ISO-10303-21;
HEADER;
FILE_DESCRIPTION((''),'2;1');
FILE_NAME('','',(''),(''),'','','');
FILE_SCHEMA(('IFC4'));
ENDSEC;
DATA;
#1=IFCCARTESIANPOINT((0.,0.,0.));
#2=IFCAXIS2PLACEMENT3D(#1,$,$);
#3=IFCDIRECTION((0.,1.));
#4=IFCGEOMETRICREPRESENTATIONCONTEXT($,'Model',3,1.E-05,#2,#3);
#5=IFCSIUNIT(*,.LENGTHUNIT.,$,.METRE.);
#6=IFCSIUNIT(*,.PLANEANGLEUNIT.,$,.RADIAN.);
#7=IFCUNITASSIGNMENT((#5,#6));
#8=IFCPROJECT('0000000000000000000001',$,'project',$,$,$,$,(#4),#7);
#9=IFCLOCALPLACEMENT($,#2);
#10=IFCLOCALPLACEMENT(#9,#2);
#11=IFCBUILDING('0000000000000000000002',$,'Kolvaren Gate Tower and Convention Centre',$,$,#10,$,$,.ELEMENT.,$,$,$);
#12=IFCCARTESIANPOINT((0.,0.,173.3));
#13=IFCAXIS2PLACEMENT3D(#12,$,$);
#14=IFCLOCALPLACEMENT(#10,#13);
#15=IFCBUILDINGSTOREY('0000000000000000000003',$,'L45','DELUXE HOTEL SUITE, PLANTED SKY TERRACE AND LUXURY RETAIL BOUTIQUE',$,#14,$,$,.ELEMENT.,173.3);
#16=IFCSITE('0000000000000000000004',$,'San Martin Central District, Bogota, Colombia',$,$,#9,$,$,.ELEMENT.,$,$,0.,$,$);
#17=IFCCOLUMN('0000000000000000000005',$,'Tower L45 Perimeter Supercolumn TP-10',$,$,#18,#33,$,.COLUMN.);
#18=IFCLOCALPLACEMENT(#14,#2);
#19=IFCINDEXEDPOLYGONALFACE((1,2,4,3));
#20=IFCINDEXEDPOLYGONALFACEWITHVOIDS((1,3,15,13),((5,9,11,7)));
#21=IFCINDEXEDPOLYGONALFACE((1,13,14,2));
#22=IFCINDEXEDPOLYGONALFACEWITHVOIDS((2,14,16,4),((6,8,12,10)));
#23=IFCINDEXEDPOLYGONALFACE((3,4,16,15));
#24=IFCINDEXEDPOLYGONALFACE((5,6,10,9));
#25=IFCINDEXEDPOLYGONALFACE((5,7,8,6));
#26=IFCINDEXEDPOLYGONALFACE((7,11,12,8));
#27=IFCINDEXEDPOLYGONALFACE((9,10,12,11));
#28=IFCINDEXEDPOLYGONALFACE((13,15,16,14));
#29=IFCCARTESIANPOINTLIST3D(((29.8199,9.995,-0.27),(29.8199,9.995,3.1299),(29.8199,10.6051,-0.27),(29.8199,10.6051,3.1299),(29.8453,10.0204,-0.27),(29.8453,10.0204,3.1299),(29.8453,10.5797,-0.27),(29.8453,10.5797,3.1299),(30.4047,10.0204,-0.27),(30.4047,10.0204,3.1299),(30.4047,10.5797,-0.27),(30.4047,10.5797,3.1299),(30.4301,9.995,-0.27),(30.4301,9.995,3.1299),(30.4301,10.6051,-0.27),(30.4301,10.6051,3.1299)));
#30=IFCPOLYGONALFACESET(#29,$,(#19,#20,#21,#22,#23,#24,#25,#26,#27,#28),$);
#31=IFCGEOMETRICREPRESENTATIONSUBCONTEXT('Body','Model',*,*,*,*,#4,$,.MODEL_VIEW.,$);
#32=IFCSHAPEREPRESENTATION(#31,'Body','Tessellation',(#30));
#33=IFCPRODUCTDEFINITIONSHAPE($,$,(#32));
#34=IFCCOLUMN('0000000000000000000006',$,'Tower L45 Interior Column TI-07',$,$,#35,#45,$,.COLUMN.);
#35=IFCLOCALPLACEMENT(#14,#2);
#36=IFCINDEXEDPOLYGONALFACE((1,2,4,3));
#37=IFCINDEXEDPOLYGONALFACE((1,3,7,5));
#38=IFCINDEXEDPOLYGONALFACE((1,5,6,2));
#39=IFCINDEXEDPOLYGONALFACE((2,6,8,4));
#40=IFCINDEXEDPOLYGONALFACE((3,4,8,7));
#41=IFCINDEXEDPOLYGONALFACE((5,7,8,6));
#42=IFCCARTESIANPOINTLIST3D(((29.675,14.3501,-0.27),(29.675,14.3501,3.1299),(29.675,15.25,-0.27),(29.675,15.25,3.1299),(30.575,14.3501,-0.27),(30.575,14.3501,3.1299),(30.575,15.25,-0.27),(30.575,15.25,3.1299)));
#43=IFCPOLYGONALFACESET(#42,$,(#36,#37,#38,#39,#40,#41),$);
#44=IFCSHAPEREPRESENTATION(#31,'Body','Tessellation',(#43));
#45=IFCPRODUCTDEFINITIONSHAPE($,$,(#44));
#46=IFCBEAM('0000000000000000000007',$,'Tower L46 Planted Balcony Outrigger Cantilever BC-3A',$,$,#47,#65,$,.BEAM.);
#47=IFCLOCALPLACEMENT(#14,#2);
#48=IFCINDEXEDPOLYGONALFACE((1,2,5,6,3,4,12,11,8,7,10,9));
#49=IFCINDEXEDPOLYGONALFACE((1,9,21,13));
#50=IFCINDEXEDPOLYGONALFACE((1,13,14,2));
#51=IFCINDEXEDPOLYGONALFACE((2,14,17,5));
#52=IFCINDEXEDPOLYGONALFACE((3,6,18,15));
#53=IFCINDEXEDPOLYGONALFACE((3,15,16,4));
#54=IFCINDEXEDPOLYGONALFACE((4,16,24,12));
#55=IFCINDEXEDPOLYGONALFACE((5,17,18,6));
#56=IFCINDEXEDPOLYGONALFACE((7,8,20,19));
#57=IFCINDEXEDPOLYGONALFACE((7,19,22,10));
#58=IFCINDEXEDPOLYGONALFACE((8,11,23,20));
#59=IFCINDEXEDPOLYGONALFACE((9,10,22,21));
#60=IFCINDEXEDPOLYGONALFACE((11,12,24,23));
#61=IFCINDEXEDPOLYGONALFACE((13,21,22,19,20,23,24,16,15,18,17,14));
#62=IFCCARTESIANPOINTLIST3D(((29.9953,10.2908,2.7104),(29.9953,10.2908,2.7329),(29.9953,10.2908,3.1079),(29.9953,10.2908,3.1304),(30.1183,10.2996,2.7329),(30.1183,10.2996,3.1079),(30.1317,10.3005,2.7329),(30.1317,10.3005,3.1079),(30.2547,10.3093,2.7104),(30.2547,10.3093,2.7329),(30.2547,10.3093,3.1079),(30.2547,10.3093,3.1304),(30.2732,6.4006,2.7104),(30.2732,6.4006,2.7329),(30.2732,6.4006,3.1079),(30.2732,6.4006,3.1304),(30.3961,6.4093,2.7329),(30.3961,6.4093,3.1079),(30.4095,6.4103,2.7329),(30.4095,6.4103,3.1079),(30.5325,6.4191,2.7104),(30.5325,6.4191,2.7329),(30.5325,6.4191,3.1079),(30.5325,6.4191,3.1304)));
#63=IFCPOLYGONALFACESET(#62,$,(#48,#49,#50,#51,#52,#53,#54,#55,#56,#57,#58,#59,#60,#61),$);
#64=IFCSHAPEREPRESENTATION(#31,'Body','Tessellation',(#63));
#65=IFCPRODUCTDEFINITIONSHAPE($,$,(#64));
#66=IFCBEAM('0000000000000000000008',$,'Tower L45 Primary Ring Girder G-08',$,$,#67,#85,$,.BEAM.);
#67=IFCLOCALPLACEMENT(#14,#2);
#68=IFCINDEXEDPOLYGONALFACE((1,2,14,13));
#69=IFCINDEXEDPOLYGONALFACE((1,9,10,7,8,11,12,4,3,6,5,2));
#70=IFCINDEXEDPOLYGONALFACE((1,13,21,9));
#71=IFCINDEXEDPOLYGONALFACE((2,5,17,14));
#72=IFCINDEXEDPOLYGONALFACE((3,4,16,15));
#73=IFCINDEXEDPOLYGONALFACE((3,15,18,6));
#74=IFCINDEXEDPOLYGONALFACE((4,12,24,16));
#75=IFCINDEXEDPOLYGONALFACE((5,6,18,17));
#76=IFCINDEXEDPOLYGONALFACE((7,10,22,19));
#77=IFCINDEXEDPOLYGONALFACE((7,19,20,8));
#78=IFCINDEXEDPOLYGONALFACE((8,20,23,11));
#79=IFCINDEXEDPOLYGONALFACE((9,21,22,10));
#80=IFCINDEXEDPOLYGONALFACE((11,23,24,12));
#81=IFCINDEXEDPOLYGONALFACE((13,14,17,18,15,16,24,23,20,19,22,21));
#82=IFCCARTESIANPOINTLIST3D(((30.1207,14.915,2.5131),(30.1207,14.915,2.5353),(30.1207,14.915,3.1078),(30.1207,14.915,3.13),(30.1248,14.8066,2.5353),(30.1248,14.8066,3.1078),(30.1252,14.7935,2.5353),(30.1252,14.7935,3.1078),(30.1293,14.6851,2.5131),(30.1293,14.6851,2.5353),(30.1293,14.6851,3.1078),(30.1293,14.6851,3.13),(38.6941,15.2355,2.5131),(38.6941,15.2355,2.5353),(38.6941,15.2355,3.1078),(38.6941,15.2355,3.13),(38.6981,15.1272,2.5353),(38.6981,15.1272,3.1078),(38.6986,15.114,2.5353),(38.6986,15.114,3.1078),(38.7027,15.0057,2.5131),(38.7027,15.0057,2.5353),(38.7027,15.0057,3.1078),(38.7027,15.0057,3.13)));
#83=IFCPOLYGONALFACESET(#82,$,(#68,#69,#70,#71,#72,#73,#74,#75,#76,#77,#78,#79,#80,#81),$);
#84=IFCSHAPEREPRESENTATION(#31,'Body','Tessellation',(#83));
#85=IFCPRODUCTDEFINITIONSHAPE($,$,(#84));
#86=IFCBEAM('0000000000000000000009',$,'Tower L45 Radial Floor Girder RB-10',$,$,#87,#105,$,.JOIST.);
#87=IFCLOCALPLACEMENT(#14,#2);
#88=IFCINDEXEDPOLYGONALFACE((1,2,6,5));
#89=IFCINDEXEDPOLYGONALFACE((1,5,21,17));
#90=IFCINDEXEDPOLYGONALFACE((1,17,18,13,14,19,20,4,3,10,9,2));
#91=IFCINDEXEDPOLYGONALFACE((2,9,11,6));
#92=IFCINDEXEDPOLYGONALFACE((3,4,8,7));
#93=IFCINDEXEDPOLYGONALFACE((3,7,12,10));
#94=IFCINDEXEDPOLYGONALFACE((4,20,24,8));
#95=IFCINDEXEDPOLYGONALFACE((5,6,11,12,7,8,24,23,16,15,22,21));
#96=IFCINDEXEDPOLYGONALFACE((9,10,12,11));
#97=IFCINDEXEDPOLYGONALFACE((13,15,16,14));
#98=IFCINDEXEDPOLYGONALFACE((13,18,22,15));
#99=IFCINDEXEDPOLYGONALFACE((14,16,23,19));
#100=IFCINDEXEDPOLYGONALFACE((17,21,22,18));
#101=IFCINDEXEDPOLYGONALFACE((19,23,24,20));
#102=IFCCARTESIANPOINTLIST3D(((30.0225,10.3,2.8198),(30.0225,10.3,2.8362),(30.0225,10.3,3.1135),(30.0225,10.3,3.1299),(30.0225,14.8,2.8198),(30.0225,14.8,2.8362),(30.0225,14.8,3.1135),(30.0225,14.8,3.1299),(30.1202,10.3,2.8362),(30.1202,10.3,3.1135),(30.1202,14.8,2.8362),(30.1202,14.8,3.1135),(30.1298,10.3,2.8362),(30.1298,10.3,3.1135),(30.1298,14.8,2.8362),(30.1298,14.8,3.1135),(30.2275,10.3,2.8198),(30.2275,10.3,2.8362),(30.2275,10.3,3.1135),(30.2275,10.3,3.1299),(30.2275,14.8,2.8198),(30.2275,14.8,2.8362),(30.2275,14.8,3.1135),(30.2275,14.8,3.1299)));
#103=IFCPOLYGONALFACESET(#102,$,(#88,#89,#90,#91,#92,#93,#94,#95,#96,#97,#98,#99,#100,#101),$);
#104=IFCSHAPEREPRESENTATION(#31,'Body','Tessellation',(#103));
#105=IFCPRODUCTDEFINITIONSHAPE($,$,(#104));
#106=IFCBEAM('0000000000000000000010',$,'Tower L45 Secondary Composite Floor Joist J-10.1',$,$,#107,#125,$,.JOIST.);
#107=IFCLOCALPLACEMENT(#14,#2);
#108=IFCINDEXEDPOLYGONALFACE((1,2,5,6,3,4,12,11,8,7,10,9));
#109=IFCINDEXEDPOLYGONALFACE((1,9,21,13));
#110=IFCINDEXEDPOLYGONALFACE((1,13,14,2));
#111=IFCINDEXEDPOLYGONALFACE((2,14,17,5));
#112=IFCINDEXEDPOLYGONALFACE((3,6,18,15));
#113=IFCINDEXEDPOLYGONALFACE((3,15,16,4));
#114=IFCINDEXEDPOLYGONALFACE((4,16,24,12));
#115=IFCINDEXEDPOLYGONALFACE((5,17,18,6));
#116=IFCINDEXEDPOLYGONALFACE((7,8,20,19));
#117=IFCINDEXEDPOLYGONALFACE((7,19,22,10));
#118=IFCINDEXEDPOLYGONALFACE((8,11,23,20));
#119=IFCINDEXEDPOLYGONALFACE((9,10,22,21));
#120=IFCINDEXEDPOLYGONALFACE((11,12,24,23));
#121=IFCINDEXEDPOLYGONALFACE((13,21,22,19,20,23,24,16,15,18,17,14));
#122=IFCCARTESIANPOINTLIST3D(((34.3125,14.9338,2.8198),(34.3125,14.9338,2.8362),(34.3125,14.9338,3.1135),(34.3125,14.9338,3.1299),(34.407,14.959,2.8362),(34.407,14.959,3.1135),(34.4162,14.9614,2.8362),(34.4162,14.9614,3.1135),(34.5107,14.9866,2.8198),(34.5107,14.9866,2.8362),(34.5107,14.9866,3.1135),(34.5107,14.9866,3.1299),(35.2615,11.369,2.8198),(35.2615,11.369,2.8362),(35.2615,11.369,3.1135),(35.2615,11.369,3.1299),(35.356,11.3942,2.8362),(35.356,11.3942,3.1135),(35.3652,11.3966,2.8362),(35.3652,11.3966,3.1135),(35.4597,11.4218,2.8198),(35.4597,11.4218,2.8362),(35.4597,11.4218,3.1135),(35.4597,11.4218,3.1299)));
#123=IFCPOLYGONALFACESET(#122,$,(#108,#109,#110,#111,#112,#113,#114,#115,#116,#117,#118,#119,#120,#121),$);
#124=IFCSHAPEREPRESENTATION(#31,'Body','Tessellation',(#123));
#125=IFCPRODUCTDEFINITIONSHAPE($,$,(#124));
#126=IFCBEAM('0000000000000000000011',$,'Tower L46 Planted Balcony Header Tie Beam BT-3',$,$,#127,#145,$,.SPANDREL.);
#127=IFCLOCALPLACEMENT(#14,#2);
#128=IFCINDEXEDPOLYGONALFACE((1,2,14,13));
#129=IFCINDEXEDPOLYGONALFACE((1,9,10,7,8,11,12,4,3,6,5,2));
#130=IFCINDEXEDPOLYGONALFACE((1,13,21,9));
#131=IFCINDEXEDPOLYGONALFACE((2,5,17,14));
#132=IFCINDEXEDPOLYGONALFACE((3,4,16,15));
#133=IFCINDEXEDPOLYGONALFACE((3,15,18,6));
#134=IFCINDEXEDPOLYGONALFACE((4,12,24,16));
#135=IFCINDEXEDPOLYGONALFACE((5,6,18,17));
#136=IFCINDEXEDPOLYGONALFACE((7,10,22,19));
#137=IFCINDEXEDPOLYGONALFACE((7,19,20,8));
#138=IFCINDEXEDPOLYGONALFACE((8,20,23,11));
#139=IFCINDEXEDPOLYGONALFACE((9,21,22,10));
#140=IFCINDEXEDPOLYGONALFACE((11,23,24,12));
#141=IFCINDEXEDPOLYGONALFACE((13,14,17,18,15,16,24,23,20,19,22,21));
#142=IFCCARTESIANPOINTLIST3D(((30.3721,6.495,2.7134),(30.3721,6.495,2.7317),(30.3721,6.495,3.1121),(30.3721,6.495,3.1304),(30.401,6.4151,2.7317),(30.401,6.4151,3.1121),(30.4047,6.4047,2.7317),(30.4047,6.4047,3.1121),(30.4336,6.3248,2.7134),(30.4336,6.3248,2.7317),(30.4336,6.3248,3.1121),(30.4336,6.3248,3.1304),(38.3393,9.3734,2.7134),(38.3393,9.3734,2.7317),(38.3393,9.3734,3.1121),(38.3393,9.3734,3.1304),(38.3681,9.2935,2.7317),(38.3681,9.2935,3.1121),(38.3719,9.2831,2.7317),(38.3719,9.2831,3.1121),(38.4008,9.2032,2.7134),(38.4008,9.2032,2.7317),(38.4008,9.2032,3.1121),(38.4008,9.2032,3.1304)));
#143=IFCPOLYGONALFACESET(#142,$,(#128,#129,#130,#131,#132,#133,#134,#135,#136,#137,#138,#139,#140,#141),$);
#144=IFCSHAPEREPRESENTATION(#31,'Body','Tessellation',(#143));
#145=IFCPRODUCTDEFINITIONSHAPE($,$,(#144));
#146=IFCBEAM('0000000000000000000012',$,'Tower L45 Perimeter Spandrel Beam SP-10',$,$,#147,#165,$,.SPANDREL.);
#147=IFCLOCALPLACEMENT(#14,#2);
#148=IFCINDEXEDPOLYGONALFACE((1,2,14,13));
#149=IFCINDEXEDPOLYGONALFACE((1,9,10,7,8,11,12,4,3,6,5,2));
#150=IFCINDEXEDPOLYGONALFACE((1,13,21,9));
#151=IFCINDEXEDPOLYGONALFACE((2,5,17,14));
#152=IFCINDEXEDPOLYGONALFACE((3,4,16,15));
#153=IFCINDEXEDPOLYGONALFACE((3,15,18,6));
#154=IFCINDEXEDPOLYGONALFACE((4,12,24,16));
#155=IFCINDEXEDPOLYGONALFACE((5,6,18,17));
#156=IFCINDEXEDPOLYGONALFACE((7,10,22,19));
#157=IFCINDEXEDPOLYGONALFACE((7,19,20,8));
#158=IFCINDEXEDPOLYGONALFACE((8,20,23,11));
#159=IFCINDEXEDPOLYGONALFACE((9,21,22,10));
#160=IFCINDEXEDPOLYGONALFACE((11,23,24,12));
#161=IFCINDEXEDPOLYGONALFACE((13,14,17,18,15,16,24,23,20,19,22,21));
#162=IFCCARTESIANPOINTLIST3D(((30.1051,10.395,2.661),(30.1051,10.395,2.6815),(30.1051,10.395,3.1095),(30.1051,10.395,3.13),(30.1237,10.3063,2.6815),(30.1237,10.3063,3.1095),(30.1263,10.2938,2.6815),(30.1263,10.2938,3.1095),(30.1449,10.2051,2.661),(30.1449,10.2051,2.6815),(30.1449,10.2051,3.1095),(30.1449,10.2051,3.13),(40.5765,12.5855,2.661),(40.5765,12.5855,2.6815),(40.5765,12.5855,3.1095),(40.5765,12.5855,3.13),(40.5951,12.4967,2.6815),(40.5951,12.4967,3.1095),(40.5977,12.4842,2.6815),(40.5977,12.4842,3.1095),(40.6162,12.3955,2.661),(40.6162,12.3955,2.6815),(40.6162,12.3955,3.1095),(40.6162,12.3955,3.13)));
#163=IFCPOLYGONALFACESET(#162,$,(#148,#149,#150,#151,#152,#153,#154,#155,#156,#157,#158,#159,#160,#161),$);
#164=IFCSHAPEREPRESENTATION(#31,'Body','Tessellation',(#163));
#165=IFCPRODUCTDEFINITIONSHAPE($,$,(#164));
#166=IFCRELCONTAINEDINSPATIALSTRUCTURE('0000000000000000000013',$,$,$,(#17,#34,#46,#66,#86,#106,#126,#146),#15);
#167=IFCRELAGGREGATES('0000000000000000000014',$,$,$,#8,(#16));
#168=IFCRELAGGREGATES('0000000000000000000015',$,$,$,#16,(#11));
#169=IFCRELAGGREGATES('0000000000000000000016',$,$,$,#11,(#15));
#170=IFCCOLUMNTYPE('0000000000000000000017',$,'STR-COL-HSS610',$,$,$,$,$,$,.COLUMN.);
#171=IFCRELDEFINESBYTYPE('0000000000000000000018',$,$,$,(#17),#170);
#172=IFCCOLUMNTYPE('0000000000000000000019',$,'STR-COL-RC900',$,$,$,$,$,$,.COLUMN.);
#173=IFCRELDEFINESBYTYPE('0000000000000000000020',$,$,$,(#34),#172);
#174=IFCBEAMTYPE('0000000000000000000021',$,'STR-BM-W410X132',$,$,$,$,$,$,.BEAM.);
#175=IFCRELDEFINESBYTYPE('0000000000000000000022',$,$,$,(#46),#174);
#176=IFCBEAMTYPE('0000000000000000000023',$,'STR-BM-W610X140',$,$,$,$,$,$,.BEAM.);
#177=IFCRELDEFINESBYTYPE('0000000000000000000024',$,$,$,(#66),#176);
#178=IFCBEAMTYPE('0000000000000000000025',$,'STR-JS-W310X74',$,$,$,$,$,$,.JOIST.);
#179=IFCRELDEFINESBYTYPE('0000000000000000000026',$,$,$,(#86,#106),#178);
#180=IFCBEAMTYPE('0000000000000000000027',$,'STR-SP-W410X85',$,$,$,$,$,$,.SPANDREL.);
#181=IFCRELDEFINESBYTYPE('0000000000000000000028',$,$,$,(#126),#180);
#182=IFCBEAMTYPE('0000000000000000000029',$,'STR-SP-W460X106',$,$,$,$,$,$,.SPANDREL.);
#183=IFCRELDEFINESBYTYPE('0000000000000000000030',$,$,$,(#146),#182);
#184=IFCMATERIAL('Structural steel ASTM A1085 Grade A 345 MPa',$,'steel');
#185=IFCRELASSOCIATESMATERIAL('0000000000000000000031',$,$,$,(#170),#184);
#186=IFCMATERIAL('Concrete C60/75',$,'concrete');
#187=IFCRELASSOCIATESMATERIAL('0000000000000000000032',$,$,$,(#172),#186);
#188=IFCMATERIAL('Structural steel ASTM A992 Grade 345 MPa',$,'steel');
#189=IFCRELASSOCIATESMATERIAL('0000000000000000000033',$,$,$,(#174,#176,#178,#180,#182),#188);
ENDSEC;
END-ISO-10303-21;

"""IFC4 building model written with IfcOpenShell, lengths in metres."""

from ifc_helpers import new_model, si_unit, direction, frame, origin, origin_2d, place, context, subcontext, project, spatial, rectangle, hollow_rectangle, i_section, extrude, material, material_profile, profile_set, type_object, element, save


model = new_model("IFC4")

# Units and contexts
model_context = context("Model", 3, precision=1e-05, world=origin(), true_north=direction((0.0, 1.0)))
body_context = subcontext(model_context, "Body", "Model", "MODEL_VIEW")
ifc_project = project(units=[si_unit("LENGTHUNIT", "METRE"), si_unit("PLANEANGLEUNIT", "RADIAN")], contexts=[model_context])

# Site, building, storey
site_placement = place(None, origin())
site = spatial("IfcSite", under=ifc_project, at=site_placement, Name="San Martin Central District, Bogota, Colombia", CompositionType="ELEMENT", RefElevation=0.0)
building_placement = place(site_placement, origin())
building = spatial("IfcBuilding", under=site, at=building_placement, Name="Kolvaren Gate Tower and Convention Centre", CompositionType="ELEMENT")
storey_placement = place(building_placement, frame((0.0, 0.0, 173.3)))
storey = spatial("IfcBuildingStorey", under=building, at=storey_placement, Name="L45", Description="DELUXE HOTEL SUITE, PLANTED SKY TERRACE AND LUXURY RETAIL BOUTIQUE", CompositionType="ELEMENT", Elevation=173.3)

# Columns
ifc_material_1 = material(Name="Structural steel ASTM A1085 Grade A 345 MPa", Category="steel")
ifc_material_profile_1 = material_profile(ifc_material_1, hollow_rectangle(XDim=0.6101, YDim=0.6101, WallThickness=0.0254, at=origin_2d()), Name="HSS610X610X25.4")
ifc_profile_set_1 = profile_set([ifc_material_profile_1], Name="Structural steel ASTM A1085 Grade A 345 MPa")
column_type_1 = type_object("IfcColumnType", Name="STR-COL-HSS610", PredefinedType="COLUMN", material=ifc_profile_set_1)
column_1_placement = place(storey_placement, frame((30.125, 10.3, -0.27), z_axis=(0.0, 0.0, 1.0), x_axis=(1.0, 0.0, 0.0)))
element("IfcColumn", 1, at=column_1_placement, inside=storey, type_object=column_type_1, Name="Tower L45 Perimeter Supercolumn TP-10", PredefinedType="COLUMN", context=body_context, shape_type="SweptSolid", body=[
    extrude(hollow_rectangle(XDim=0.6101, YDim=0.6101, WallThickness=0.0254, at=origin_2d()), origin(), (0.0, 0.0, 1.0), 3.3999),
])
ifc_material_2 = material(Name="Concrete C60/75", Category="concrete")
ifc_material_profile_2 = material_profile(ifc_material_2, rectangle(XDim=0.8999, YDim=0.8999, at=origin_2d()), Name="RC-COL-900X900")
ifc_profile_set_2 = profile_set([ifc_material_profile_2], Name="Concrete C60/75")
column_type_2 = type_object("IfcColumnType", Name="STR-COL-RC900", PredefinedType="COLUMN", material=ifc_profile_set_2)
column_2_placement = place(storey_placement, frame((30.125, 14.8, -0.27), z_axis=(0.0, 0.0, 1.0), x_axis=(1.0, 0.0, 0.0)))
element("IfcColumn", 2, at=column_2_placement, inside=storey, type_object=column_type_2, Name="Tower L45 Interior Column TI-07", PredefinedType="COLUMN", context=body_context, shape_type="SweptSolid", body=[
    extrude(rectangle(XDim=0.8999, YDim=0.8999, at=origin_2d()), origin(), (0.0, 0.0, 1.0), 3.3999),
])

# Beams
ifc_material_3 = material(Name="Structural steel ASTM A992 Grade 345 MPa", Category="steel")
ifc_material_profile_3 = material_profile(ifc_material_3, i_section(OverallWidth=0.26, OverallDepth=0.4199, WebThickness=0.0134, FlangeThickness=0.0225, at=origin_2d()), Name="W410X132")
ifc_profile_set_3 = profile_set([ifc_material_profile_3], Name="Structural steel ASTM A992 Grade 345 MPa")
beam_type_1 = type_object("IfcBeamType", Name="STR-BM-W410X132", PredefinedType="BEAM", material=ifc_profile_set_3)
beam_1_placement = place(storey_placement, frame((30.125, 10.3, 2.9204), z_axis=(0.071238, -0.997459, 0.0), x_axis=(0.997459, 0.071238, 0.0)))
element("IfcBeam", 3, at=beam_1_placement, inside=storey, type_object=beam_type_1, Name="Tower L46 Planted Balcony Outrigger Cantilever BC-3A", PredefinedType="BEAM", context=body_context, shape_type="SweptSolid", body=[
    extrude(i_section(OverallWidth=0.26, OverallDepth=0.4199, WebThickness=0.0134, FlangeThickness=0.0225, at=origin_2d()), origin(), (0.0, 0.0, 1.0), 3.9001),
])
ifc_material_profile_4 = material_profile(ifc_material_3, i_section(OverallWidth=0.23, OverallDepth=0.6169, WebThickness=0.0132, FlangeThickness=0.0222, at=origin_2d()), Name="W610X140")
ifc_profile_set_4 = profile_set([ifc_material_profile_4], Name="Structural steel ASTM A992 Grade 345 MPa")
beam_type_2 = type_object("IfcBeamType", Name="STR-BM-W610X140", PredefinedType="BEAM", material=ifc_profile_set_4)
beam_2_placement = place(storey_placement, frame((30.125, 14.8, 2.8215), z_axis=(0.999302, 0.037364, 0.0), x_axis=(-0.037364, 0.999302, 0.0)))
element("IfcBeam", 4, at=beam_2_placement, inside=storey, type_object=beam_type_2, Name="Tower L45 Primary Ring Girder G-08", PredefinedType="BEAM", context=body_context, shape_type="SweptSolid", body=[
    extrude(i_section(OverallWidth=0.23, OverallDepth=0.6169, WebThickness=0.0132, FlangeThickness=0.0222, at=origin_2d()), origin(), (0.0, 0.0, 1.0), 8.5793),
])
ifc_material_profile_5 = material_profile(ifc_material_3, i_section(OverallWidth=0.2051, OverallDepth=0.3101, WebThickness=0.0095, FlangeThickness=0.0164, at=origin_2d()), Name="W310X74")
ifc_profile_set_5 = profile_set([ifc_material_profile_5], Name="Structural steel ASTM A992 Grade 345 MPa")
beam_type_3 = type_object("IfcBeamType", Name="STR-JS-W310X74", PredefinedType="JOIST", material=ifc_profile_set_5)
beam_3_placement = place(storey_placement, frame((30.125, 14.8, 2.9749), z_axis=(0.0, -1.0, 0.0), x_axis=(1.0, 0.0, 0.0)))
element("IfcBeam", 5, at=beam_3_placement, inside=storey, type_object=beam_type_3, Name="Tower L45 Radial Floor Girder RB-10", PredefinedType="JOIST", context=body_context, shape_type="SweptSolid", body=[
    extrude(i_section(OverallWidth=0.2051, OverallDepth=0.3101, WebThickness=0.0095, FlangeThickness=0.0164, at=origin_2d()), origin(), (0.0, 0.0, 1.0), 4.5),
])
beam_4_placement = place(storey_placement, frame((34.4116, 14.9602, 2.9749), z_axis=(0.257238, -0.966348, 0.0), x_axis=(0.966348, 0.257238, 0.0)))
element("IfcBeam", 6, at=beam_4_placement, inside=storey, type_object=beam_type_3, Name="Tower L45 Secondary Composite Floor Joist J-10.1", PredefinedType="JOIST", context=body_context, shape_type="SweptSolid", body=[
    extrude(i_section(OverallWidth=0.2051, OverallDepth=0.3101, WebThickness=0.0095, FlangeThickness=0.0164, at=origin_2d()), origin(), (0.0, 0.0, 1.0), 3.689),
])
ifc_material_profile_6 = material_profile(ifc_material_3, i_section(OverallWidth=0.1809, OverallDepth=0.417, WebThickness=0.011, FlangeThickness=0.0183, at=origin_2d()), Name="W410X85")
ifc_profile_set_6 = profile_set([ifc_material_profile_6], Name="Structural steel ASTM A992 Grade 345 MPa")
beam_type_4 = type_object("IfcBeamType", Name="STR-SP-W410X85", PredefinedType="SPANDREL", material=ifc_profile_set_6)
beam_5_placement = place(storey_placement, frame((30.4028, 6.4099, 2.9219), z_axis=(0.940503, 0.339785, 0.0), x_axis=(-0.339785, 0.940503, 0.0)))
element("IfcBeam", 7, at=beam_5_placement, inside=storey, type_object=beam_type_4, Name="Tower L46 Planted Balcony Header Tie Beam BT-3", PredefinedType="SPANDREL", context=body_context, shape_type="SweptSolid", body=[
    extrude(i_section(OverallWidth=0.1809, OverallDepth=0.417, WebThickness=0.011, FlangeThickness=0.0183, at=origin_2d()), origin(), (0.0, 0.0, 1.0), 8.4712),
])
ifc_material_profile_7 = material_profile(ifc_material_3, i_section(OverallWidth=0.1941, OverallDepth=0.469, WebThickness=0.0127, FlangeThickness=0.0205, at=origin_2d()), Name="W460X106")
ifc_profile_set_7 = profile_set([ifc_material_profile_7], Name="Structural steel ASTM A992 Grade 345 MPa")
beam_type_5 = type_object("IfcBeamType", Name="STR-SP-W460X106", PredefinedType="SPANDREL", material=ifc_profile_set_7)
beam_6_placement = place(storey_placement, frame((30.125, 10.3, 2.8955), z_axis=(0.978814, 0.20475, 0.0), x_axis=(-0.20475, 0.978814, 0.0)))
element("IfcBeam", 8, at=beam_6_placement, inside=storey, type_object=beam_type_5, Name="Tower L45 Perimeter Spandrel Beam SP-10", PredefinedType="SPANDREL", context=body_context, shape_type="SweptSolid", body=[
    extrude(i_section(OverallWidth=0.1941, OverallDepth=0.469, WebThickness=0.0127, FlangeThickness=0.0205, at=origin_2d()), origin(), (0.0, 0.0, 1.0), 10.698),
])

save(model, "model.ifc")
